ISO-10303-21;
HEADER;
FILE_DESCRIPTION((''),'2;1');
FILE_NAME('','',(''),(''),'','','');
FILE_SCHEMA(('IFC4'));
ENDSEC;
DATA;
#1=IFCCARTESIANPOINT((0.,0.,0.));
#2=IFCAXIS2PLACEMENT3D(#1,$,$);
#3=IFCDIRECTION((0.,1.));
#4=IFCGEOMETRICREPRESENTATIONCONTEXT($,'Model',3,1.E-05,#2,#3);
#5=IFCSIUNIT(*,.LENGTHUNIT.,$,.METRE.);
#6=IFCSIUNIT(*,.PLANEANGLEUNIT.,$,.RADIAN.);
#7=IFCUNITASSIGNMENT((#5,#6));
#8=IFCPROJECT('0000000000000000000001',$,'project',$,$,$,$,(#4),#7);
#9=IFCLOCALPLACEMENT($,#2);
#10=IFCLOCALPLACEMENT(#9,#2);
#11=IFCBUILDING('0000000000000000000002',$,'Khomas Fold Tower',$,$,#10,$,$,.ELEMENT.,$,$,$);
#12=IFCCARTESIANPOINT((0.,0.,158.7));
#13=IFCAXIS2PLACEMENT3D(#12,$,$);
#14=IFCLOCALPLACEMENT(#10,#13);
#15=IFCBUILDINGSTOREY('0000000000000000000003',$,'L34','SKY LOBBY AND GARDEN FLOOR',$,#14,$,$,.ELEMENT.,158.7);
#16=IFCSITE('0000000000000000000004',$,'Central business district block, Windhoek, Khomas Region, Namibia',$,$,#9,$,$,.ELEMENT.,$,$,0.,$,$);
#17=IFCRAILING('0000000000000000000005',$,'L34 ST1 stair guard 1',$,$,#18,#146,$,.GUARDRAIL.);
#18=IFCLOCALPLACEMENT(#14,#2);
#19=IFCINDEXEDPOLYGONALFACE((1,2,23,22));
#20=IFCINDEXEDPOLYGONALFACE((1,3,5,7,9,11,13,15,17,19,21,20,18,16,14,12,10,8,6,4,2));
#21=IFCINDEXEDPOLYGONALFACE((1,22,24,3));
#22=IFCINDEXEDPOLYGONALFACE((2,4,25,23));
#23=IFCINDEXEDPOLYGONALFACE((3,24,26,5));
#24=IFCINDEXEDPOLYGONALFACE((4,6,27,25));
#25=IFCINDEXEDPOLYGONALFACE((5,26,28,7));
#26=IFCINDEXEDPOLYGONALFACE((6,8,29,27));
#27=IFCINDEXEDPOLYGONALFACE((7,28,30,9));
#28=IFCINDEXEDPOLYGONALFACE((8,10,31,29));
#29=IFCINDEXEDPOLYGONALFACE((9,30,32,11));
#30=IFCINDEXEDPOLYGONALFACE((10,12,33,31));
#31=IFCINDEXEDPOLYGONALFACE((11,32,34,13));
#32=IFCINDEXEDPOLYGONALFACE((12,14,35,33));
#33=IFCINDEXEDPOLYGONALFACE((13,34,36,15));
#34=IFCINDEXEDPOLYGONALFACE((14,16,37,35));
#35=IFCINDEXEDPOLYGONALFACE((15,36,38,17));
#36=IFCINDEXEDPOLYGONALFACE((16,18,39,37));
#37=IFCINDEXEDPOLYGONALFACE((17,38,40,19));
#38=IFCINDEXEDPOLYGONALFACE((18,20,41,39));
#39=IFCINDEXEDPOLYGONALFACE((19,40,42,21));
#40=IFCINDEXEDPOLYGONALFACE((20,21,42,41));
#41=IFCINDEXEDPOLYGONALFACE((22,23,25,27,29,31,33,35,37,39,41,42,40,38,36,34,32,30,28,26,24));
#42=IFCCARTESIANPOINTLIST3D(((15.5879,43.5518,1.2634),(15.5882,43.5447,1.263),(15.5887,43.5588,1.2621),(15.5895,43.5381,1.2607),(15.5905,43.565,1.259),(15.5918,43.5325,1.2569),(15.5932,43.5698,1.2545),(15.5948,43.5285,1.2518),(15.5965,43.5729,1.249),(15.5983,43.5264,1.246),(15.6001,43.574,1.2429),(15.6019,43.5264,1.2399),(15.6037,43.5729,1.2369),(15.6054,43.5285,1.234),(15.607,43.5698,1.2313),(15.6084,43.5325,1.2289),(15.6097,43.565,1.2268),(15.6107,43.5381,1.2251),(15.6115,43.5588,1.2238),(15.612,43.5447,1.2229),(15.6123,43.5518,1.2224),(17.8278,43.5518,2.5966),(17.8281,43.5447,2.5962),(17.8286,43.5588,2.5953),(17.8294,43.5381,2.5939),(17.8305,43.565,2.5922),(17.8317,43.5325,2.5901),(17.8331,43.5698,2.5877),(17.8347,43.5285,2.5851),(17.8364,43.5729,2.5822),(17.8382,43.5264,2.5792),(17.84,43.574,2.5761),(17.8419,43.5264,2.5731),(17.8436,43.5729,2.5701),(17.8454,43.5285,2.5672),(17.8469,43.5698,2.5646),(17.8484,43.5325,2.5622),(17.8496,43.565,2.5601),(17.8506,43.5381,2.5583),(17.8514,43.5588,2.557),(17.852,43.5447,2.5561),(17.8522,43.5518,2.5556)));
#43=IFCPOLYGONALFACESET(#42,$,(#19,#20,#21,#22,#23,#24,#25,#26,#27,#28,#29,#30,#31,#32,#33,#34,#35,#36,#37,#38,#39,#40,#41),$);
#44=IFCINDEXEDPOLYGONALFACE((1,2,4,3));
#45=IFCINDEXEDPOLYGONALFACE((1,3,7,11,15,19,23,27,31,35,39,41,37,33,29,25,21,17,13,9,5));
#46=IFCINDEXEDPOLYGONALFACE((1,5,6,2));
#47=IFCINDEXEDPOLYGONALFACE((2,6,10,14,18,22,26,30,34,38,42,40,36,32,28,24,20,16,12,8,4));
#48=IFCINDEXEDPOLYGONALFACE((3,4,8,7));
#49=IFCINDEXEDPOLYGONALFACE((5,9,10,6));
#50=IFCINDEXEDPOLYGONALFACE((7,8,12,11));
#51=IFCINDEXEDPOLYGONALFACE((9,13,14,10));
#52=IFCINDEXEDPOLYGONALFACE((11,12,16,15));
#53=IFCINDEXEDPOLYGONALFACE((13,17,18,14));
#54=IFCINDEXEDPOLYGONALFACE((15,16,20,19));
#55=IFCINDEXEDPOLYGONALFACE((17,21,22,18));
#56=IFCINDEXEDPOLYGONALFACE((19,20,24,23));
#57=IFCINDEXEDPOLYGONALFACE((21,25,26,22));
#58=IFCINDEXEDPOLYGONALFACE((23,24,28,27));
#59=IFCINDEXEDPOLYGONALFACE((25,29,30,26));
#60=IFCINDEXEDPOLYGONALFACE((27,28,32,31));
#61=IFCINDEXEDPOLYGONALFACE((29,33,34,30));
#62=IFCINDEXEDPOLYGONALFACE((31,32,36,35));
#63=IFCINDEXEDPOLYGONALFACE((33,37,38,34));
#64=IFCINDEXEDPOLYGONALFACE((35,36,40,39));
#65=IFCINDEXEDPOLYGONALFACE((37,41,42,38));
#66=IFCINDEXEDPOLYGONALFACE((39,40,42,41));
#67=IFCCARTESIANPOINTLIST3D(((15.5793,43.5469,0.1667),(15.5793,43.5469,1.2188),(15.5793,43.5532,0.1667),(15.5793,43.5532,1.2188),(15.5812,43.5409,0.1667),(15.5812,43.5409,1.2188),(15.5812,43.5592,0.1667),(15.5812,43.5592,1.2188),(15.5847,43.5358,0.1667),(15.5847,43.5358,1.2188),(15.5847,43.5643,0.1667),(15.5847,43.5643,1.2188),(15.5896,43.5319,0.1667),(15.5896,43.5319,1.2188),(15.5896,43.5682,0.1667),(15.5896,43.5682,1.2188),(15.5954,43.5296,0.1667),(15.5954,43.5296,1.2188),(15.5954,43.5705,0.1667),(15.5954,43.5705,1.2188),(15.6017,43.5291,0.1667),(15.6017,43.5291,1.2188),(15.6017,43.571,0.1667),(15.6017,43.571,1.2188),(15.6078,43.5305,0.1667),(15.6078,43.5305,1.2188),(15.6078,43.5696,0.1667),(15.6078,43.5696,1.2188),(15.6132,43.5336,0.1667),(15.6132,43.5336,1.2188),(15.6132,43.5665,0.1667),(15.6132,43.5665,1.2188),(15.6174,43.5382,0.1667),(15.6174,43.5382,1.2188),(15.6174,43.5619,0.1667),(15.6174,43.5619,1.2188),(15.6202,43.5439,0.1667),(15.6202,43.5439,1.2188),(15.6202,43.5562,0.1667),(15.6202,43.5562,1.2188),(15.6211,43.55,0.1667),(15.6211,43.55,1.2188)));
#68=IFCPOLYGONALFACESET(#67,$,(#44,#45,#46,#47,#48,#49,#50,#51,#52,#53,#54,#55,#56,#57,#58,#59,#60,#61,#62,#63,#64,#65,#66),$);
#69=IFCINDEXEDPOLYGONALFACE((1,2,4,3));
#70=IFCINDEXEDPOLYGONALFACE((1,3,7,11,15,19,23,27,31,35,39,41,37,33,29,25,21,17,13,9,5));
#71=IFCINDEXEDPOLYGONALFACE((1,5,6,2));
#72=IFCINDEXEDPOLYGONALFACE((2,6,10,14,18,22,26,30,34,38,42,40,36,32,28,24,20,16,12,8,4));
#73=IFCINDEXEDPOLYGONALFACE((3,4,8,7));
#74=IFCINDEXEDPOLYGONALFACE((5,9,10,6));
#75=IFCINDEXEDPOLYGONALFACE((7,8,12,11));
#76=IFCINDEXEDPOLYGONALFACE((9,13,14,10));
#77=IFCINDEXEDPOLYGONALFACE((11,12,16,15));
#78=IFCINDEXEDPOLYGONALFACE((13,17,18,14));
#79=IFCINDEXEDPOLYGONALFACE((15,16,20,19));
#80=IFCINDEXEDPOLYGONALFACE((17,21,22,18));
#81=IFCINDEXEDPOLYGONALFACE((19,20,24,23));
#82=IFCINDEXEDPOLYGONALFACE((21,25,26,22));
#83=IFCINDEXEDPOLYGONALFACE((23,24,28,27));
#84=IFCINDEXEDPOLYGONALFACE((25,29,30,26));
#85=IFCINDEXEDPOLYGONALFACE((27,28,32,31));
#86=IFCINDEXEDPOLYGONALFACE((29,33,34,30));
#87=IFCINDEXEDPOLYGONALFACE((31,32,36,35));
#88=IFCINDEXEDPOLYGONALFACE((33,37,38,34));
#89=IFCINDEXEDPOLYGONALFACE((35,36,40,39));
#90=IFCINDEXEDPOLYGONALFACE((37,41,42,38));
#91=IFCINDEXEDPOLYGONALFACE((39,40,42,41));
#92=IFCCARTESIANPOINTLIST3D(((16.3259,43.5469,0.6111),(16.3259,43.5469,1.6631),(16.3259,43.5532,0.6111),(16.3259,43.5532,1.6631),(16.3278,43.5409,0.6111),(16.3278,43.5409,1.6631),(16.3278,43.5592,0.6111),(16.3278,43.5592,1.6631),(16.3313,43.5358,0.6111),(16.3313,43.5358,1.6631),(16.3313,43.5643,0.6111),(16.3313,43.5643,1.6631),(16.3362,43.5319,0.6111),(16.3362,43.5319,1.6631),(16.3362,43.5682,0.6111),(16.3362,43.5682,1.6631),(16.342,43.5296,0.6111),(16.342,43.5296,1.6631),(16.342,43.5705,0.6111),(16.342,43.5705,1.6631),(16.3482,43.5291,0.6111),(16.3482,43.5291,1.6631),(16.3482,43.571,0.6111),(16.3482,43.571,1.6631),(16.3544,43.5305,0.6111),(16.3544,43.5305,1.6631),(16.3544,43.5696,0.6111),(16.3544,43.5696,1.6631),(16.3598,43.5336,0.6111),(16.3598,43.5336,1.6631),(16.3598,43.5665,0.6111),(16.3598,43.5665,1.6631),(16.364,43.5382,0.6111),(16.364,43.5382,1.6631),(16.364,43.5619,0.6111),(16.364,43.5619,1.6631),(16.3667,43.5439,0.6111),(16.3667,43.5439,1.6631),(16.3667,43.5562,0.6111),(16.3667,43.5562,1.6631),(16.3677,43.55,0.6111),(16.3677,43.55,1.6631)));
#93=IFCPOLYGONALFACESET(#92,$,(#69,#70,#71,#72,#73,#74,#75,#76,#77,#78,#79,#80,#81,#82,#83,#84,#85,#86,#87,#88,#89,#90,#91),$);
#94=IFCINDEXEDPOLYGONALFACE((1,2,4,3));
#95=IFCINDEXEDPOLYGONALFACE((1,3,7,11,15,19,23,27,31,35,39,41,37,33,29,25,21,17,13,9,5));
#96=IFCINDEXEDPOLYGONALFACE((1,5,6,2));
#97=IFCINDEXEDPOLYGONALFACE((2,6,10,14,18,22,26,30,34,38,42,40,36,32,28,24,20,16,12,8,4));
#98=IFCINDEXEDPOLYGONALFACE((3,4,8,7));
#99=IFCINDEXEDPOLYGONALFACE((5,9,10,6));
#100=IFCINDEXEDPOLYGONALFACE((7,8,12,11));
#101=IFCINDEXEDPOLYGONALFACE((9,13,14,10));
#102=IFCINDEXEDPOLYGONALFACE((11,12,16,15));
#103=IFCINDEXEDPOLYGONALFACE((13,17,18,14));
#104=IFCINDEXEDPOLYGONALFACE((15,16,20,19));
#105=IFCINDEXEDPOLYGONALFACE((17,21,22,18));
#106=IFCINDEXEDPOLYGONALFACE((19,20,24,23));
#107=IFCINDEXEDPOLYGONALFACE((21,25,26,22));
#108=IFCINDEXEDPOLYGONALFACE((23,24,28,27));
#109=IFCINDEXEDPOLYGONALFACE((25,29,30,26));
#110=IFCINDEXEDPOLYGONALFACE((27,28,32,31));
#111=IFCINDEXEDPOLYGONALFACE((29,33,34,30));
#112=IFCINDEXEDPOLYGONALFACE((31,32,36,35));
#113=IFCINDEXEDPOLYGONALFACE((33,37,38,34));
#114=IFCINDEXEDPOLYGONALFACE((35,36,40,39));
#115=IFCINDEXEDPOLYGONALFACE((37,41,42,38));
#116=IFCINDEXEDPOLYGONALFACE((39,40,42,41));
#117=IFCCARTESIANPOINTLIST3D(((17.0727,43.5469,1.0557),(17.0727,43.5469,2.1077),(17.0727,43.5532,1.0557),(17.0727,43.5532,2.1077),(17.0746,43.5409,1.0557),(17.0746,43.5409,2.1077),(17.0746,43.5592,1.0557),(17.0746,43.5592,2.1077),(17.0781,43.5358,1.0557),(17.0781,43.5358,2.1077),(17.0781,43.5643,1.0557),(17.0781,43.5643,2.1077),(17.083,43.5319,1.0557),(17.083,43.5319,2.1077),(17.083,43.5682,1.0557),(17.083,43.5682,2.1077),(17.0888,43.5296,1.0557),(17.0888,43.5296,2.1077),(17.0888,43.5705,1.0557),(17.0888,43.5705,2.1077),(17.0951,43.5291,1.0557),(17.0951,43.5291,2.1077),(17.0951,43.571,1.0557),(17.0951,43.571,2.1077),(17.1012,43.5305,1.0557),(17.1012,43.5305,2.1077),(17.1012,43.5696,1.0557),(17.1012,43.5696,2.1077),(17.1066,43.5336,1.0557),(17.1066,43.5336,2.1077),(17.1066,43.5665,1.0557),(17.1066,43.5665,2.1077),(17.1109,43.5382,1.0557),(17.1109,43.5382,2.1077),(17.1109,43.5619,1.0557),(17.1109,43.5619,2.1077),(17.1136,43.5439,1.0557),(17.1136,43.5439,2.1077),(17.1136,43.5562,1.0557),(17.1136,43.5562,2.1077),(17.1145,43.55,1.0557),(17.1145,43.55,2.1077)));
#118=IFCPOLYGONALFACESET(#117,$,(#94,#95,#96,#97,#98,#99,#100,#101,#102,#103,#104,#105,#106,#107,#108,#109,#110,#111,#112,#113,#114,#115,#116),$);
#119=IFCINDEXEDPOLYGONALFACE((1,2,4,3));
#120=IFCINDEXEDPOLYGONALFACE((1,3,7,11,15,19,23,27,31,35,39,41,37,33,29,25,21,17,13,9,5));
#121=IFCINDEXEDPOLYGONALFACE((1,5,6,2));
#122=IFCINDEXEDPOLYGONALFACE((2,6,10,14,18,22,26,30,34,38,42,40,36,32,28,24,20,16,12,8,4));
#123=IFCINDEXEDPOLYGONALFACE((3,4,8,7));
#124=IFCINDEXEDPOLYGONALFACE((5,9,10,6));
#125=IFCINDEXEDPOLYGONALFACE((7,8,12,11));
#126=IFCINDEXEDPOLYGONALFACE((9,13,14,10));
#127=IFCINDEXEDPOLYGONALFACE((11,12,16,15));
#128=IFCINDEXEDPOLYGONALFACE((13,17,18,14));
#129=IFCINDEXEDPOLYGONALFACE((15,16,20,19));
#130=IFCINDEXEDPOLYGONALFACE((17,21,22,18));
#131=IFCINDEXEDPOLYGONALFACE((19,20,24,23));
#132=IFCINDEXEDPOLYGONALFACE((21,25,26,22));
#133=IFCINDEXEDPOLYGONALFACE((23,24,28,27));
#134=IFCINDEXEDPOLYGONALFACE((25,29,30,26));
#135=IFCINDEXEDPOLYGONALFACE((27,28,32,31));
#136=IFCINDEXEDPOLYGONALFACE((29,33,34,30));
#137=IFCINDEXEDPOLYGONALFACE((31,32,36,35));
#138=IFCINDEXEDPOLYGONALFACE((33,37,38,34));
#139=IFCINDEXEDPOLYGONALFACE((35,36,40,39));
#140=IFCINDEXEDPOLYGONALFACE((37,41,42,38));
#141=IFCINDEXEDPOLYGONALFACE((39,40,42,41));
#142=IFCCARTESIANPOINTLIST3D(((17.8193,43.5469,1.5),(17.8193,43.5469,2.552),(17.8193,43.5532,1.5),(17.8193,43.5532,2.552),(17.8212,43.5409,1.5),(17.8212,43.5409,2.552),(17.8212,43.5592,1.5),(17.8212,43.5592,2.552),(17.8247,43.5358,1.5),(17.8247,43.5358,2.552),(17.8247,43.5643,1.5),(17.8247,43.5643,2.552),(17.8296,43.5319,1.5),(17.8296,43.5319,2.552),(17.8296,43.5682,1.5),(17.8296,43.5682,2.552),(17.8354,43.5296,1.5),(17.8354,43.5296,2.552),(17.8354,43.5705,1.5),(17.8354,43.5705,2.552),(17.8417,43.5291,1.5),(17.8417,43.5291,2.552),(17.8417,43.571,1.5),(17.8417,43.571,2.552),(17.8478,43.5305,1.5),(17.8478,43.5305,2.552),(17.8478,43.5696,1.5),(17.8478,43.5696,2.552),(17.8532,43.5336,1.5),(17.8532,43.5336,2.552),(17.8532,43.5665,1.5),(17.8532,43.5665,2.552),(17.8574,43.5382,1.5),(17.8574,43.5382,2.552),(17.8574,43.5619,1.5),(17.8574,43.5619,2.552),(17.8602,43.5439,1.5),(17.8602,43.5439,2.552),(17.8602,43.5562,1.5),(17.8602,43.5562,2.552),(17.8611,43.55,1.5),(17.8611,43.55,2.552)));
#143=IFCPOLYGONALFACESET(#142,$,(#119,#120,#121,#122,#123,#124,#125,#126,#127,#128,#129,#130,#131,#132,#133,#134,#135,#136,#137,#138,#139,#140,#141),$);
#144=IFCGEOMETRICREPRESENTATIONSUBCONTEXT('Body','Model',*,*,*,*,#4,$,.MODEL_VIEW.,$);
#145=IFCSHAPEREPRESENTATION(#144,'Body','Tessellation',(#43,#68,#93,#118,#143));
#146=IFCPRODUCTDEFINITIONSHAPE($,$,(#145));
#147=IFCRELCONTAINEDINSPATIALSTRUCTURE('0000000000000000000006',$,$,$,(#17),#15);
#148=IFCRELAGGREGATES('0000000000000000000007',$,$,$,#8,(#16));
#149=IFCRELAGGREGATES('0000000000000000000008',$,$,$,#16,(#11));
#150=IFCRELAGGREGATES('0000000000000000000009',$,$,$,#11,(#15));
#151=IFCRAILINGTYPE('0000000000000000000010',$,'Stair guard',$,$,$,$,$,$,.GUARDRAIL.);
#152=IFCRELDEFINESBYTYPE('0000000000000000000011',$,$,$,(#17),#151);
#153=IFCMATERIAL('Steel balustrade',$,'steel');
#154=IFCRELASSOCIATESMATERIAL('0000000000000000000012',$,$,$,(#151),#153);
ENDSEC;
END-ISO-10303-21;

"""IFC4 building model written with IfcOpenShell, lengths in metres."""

from ifc_helpers import new_model, si_unit, direction, frame, origin, origin_2d, place, context, subcontext, project, spatial, circle, extrude, source, transform, mapped, material, type_object, element, save


model = new_model("IFC4")

# Units and contexts
model_context = context("Model", 3, precision=1e-05, world=origin(), true_north=direction((0.0, 1.0)))
body_context = subcontext(model_context, "Body", "Model", "MODEL_VIEW")
ifc_project = project(units=[si_unit("LENGTHUNIT", "METRE"), si_unit("PLANEANGLEUNIT", "RADIAN")], contexts=[model_context])

# Site, building, storey
site_placement = place(None, origin())
site = spatial("IfcSite", under=ifc_project, at=site_placement, Name="Central business district block, Windhoek, Khomas Region, Namibia", CompositionType="ELEMENT", RefElevation=0.0)
building_placement = place(site_placement, origin())
building = spatial("IfcBuilding", under=site, at=building_placement, Name="Khomas Fold Tower", CompositionType="ELEMENT")
storey_placement = place(building_placement, frame((0.0, 0.0, 158.7)))
storey = spatial("IfcBuildingStorey", under=building, at=storey_placement, Name="L34", Description="SKY LOBBY AND GARDEN FLOOR", CompositionType="ELEMENT", Elevation=158.7)

# Railing
ifc_material_1 = material(Name="Steel balustrade", Category="steel")
railing_type_1 = type_object("IfcRailingType", Name="Stair guard", PredefinedType="GUARDRAIL", material=ifc_material_1)
shared_shape_1 = source(origin(), body_context, "Body", "SweptSolid", [
    extrude(circle(Radius=0.0239, at=origin_2d()), frame((0.0, 0.0, 1.0762), z_axis=(0.859306, 0.0, 0.511462), x_axis=(0.0, 1.0, 0.0)), (0.0, 0.0, 1.0), 2.6067),
    extrude(circle(Radius=0.021, at=origin_2d()), origin(), (0.0, 0.0, 1.0), 1.052),
    extrude(circle(Radius=0.021, at=origin_2d()), frame((0.7466, 0.0, 0.4443)), (0.0, 0.0, 1.0), 1.052),
    extrude(circle(Radius=0.021, at=origin_2d()), frame((1.4934, 0.0, 0.8889)), (0.0, 0.0, 1.0), 1.052),
    extrude(circle(Radius=0.021, at=origin_2d()), frame((2.24, 0.0, 1.3333)), (0.0, 0.0, 1.0), 1.052),
])
for number, where, name in (
    (1, (15.6001, 43.55, 0.1667), "L34 ST1 stair guard 1"),
):
    element("IfcRailing", number, at=place(storey_placement, frame(where)), inside=storey, type_object=railing_type_1, Name=name, PredefinedType="GUARDRAIL", context=body_context, shape_type="MappedRepresentation", body=[
        mapped(shared_shape_1, transform((0.0, 0.0, 0.0))),
    ])

save(model, "model.ifc")
